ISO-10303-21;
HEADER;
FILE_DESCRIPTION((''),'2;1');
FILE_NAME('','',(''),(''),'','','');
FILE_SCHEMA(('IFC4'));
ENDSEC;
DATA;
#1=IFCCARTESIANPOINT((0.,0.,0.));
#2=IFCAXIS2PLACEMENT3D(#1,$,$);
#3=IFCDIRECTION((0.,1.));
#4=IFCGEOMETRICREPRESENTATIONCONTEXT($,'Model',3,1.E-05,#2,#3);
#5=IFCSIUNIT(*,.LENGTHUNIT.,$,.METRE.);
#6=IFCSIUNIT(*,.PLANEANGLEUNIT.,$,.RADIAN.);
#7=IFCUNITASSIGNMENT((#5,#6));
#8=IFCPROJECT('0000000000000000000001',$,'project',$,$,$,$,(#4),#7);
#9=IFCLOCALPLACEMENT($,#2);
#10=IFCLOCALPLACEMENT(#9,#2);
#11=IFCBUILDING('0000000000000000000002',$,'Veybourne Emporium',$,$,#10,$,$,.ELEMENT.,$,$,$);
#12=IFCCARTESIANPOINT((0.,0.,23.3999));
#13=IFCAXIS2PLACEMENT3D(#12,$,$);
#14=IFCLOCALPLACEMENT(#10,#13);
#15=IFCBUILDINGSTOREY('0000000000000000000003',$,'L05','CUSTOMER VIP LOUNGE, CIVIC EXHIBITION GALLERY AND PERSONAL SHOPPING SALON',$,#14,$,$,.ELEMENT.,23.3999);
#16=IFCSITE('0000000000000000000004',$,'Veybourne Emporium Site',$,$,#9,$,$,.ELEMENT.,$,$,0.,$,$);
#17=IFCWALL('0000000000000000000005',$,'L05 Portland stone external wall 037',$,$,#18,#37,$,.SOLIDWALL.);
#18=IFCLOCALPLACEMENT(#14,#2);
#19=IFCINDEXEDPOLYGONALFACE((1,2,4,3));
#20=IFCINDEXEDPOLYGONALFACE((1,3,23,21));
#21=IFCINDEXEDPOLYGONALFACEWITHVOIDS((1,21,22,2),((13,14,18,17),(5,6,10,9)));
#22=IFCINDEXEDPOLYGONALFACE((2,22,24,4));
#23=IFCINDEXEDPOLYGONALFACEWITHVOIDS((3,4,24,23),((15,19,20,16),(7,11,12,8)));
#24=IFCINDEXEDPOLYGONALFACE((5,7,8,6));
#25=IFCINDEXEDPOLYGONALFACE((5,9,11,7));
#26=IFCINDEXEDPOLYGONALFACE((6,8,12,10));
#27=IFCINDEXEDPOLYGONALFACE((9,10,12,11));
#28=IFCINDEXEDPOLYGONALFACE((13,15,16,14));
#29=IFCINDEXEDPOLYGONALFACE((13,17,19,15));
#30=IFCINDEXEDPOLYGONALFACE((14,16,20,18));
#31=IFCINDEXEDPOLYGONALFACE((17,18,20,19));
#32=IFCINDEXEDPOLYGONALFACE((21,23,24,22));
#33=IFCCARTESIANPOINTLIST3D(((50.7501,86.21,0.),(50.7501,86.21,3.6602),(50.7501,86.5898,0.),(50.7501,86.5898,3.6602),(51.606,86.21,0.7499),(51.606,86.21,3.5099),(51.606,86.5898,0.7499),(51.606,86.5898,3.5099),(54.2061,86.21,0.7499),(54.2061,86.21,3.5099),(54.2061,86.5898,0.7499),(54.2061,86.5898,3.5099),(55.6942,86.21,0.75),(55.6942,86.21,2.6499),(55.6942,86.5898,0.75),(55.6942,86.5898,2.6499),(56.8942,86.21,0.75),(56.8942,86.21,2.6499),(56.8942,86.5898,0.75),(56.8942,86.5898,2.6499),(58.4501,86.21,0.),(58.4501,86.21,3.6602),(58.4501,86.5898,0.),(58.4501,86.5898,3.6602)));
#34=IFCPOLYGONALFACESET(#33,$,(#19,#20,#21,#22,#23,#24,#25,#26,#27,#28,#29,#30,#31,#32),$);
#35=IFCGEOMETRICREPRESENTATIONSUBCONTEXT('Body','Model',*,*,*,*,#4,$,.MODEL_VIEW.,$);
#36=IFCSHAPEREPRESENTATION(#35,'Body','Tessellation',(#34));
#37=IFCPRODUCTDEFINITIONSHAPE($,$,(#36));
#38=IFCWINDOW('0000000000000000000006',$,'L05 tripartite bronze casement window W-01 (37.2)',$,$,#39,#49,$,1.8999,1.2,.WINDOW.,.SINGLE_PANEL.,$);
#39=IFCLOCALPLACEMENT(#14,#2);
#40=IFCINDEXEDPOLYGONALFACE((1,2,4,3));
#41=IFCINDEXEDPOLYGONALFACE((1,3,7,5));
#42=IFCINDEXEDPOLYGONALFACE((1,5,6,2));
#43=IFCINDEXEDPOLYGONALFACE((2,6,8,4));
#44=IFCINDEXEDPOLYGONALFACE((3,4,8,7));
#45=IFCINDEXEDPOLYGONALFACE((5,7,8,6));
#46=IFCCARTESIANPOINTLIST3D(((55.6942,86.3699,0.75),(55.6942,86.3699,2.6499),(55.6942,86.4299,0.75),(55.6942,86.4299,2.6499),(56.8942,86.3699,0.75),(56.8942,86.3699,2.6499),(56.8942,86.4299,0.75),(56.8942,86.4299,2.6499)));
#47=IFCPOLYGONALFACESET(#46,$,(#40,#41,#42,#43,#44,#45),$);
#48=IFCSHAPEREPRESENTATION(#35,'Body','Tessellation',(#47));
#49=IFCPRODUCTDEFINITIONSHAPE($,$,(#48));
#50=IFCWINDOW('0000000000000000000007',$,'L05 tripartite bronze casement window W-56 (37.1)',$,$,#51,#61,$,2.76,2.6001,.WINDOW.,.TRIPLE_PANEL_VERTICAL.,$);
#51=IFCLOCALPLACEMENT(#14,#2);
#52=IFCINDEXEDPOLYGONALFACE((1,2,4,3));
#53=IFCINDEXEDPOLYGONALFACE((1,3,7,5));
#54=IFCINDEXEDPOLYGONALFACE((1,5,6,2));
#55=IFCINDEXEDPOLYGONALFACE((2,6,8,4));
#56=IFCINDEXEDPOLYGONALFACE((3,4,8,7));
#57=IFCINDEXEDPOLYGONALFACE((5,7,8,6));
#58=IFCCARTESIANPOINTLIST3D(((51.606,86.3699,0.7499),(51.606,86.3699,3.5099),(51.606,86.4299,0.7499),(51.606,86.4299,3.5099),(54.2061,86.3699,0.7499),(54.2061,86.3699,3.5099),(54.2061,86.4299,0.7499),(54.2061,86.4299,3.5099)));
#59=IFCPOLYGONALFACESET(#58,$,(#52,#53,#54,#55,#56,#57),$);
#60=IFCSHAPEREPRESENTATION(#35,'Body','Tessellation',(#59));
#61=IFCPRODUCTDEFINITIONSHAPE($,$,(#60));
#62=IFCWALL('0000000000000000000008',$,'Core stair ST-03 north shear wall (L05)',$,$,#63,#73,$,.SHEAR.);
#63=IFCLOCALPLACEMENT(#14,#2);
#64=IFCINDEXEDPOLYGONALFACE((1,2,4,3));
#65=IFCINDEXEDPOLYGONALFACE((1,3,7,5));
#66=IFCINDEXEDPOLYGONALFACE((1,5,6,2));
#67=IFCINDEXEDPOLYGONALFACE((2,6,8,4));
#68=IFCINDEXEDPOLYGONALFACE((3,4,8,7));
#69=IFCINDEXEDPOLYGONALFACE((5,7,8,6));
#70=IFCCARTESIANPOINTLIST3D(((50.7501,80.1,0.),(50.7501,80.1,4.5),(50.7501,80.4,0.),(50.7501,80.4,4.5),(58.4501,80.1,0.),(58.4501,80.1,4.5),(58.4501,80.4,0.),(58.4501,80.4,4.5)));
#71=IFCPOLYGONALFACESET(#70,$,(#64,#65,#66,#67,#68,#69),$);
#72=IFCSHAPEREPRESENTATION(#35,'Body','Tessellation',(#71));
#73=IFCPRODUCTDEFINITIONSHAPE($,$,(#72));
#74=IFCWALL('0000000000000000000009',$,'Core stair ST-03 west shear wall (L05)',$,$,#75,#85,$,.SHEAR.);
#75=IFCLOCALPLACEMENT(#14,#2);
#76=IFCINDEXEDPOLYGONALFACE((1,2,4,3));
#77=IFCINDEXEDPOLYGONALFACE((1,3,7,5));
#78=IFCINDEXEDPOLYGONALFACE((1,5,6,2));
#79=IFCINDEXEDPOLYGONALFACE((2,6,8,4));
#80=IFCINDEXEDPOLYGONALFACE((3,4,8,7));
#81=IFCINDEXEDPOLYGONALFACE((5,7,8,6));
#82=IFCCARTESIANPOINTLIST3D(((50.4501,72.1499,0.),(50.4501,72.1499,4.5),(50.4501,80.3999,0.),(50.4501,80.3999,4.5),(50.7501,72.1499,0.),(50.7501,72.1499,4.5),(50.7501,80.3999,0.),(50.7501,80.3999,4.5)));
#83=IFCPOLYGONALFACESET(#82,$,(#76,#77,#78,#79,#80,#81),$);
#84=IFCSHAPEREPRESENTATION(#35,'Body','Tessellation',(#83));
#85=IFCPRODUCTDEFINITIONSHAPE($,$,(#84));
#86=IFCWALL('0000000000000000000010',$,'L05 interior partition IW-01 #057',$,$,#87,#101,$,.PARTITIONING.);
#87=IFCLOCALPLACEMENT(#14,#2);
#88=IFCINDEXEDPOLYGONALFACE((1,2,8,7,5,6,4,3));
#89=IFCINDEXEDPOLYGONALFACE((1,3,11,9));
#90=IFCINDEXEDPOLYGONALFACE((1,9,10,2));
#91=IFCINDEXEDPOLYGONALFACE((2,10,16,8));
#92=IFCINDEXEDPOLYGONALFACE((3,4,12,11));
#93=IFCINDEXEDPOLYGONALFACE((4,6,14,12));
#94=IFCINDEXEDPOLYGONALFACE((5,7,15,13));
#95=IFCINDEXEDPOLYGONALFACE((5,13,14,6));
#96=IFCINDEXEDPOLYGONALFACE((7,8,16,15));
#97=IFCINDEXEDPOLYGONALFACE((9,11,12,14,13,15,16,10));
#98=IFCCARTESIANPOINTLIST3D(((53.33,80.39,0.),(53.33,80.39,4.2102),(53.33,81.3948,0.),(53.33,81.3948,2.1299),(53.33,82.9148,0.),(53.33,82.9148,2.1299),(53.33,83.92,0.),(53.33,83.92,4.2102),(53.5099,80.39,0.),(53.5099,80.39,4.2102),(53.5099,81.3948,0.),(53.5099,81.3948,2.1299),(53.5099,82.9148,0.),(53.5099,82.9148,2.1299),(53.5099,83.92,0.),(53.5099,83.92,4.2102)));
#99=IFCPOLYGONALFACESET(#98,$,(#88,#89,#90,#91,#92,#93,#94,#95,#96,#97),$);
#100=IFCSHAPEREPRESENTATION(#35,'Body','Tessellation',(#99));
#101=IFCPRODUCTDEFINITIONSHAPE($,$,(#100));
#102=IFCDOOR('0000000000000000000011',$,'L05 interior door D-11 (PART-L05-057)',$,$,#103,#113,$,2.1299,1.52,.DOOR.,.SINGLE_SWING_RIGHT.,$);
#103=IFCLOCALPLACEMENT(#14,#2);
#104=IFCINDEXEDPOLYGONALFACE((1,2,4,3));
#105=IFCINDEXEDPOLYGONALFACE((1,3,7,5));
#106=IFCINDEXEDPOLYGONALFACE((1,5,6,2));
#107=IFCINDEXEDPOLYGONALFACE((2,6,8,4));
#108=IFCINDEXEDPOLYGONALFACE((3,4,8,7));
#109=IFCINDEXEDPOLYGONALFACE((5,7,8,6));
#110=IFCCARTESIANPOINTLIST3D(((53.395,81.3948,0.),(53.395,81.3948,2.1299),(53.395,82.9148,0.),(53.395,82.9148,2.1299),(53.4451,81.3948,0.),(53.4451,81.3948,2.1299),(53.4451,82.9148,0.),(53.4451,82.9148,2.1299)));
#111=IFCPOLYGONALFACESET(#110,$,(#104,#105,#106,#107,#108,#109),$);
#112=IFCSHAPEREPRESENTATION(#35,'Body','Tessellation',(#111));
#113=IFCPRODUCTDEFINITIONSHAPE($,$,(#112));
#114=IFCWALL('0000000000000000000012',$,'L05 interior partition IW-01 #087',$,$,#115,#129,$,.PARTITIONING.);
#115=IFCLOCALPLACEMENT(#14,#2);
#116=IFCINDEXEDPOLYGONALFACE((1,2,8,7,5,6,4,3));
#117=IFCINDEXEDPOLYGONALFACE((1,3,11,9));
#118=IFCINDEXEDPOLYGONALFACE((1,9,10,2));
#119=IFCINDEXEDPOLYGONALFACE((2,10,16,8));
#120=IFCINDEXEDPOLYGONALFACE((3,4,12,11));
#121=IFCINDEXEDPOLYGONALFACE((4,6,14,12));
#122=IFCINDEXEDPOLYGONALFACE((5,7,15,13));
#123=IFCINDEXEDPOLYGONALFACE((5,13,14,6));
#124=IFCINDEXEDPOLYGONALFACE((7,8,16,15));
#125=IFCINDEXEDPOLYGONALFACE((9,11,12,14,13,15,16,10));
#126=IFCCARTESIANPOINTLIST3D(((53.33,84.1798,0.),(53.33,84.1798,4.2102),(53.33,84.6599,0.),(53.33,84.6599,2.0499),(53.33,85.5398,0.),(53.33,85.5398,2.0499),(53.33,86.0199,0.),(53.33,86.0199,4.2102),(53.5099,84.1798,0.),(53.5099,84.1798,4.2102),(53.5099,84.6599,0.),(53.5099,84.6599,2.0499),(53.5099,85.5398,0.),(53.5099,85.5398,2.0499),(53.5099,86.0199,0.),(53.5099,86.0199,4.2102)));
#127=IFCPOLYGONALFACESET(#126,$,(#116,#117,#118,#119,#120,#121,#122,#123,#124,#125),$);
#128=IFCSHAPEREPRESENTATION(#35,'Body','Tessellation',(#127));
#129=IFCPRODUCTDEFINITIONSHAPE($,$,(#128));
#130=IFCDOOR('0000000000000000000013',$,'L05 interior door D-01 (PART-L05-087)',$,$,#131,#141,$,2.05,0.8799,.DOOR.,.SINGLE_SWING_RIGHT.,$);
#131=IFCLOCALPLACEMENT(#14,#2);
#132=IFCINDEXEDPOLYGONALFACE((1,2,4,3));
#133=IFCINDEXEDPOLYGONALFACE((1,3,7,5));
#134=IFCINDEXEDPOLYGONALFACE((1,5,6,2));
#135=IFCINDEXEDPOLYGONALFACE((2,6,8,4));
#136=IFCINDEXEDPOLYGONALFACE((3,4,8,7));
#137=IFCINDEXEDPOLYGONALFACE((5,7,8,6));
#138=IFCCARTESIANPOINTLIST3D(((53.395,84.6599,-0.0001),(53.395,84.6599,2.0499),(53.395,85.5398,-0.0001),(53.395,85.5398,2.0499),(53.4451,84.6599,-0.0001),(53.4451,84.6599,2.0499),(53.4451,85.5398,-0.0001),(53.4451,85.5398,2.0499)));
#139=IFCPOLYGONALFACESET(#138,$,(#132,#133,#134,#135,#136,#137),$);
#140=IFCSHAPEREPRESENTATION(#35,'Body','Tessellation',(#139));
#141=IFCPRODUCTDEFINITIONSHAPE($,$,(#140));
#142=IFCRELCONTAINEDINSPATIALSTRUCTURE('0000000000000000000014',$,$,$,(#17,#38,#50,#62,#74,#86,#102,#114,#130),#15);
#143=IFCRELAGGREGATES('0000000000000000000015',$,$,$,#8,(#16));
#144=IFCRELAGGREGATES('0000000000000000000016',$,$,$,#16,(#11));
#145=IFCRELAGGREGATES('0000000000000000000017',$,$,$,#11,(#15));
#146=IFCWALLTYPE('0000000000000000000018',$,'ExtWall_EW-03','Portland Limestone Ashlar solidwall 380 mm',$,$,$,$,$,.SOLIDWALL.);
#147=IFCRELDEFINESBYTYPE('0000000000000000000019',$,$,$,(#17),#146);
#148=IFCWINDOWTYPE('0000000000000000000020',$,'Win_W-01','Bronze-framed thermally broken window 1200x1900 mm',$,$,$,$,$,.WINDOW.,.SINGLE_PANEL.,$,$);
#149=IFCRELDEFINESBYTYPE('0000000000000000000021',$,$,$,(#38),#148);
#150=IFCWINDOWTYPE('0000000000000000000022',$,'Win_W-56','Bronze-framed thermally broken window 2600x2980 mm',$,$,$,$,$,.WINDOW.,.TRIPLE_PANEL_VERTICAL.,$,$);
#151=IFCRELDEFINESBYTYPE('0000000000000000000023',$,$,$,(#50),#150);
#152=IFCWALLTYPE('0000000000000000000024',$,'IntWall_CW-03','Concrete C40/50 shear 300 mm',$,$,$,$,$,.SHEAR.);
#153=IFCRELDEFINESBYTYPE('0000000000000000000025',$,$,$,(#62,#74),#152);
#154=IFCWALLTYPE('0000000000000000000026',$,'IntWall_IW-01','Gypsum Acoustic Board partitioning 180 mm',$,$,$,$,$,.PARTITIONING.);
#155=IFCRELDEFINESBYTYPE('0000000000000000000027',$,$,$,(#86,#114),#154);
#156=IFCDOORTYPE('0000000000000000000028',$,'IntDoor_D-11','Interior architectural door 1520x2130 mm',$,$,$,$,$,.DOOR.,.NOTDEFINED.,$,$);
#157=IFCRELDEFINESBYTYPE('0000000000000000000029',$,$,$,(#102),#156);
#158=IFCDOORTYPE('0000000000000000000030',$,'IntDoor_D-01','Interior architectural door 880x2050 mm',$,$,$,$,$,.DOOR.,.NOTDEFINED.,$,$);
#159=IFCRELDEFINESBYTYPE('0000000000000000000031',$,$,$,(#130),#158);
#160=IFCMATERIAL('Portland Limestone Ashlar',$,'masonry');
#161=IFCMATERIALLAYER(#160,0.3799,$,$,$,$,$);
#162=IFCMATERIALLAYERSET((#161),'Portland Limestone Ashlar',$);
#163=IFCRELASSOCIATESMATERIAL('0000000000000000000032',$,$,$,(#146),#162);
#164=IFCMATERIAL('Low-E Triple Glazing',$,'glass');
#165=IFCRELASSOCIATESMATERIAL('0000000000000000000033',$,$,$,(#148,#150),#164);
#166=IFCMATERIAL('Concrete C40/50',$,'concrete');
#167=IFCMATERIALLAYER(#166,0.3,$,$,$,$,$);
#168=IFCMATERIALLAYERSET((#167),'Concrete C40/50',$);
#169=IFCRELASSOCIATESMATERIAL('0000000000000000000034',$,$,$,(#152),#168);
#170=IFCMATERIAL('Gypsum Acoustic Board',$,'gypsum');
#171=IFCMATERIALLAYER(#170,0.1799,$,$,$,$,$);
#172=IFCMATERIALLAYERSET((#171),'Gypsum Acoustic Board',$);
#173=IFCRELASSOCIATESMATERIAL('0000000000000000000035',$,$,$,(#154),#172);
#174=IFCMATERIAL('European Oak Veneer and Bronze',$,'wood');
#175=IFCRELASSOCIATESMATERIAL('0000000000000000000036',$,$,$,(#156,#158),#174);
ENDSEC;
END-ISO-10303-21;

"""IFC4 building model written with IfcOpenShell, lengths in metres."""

from ifc_helpers import new_model, si_unit, direction, frame, frame_2d, origin, place, context, subcontext, project, spatial, rectangle, extrude, material, layer, layer_set, type_object, element, fill, save


model = new_model("IFC4")

# Units and contexts
model_context = context("Model", 3, precision=1e-05, world=origin(), true_north=direction((0.0, 1.0)))
body_context = subcontext(model_context, "Body", "Model", "MODEL_VIEW")
ifc_project = project(units=[si_unit("LENGTHUNIT", "METRE"), si_unit("PLANEANGLEUNIT", "RADIAN")], contexts=[model_context])

# Site, building, storey
site_placement = place(None, origin())
site = spatial("IfcSite", under=ifc_project, at=site_placement, Name="Veybourne Emporium Site", CompositionType="ELEMENT", RefElevation=0.0)
building_placement = place(site_placement, origin())
building = spatial("IfcBuilding", under=site, at=building_placement, Name="Veybourne Emporium", CompositionType="ELEMENT")
storey_placement = place(building_placement, frame((0.0, 0.0, 23.3999)))
storey = spatial("IfcBuildingStorey", under=building, at=storey_placement, Name="L05", Description="CUSTOMER VIP LOUNGE, CIVIC EXHIBITION GALLERY AND PERSONAL SHOPPING SALON", CompositionType="ELEMENT", Elevation=23.3999)

# Shared definitions
ifc_material_1 = material(Name="Concrete C40/50", Category="concrete")

# Wall, openings, windows
ifc_material_2 = material(Name="Portland Limestone Ashlar", Category="masonry")
ifc_layer_1 = layer(ifc_material_2, 0.3799)
ifc_layer_set_1 = layer_set([ifc_layer_1], Name="Portland Limestone Ashlar")
wall_type_1 = type_object("IfcWallType", Name="ExtWall_EW-03", Description="Portland Limestone Ashlar solidwall 380 mm", PredefinedType="SOLIDWALL", material=ifc_layer_set_1)
ifc_material_3 = material(Name="Low-E Triple Glazing", Category="glass")
wall_1_placement = place(storey_placement, frame((50.75, 86.3999, 0.0), z_axis=(0.0, 0.0, 1.0), x_axis=(1.0, 0.0, 0.0)))
wall_1 = element("IfcWall", 1, at=wall_1_placement, inside=storey, type_object=wall_type_1, Name="L05 Portland stone external wall 037", PredefinedType="SOLIDWALL", context=body_context, shape_type="SweptSolid", body=[
    extrude(rectangle(XDim=7.7, YDim=0.3799, at=frame_2d((3.8501, 0.0))), origin(), (0.0, 0.0, 1.0), 3.6602),
])
opening_1_placement = place(wall_1_placement, frame((0.856, 0.0, 0.75)))
opening_1 = element("IfcOpeningElement", 2, at=opening_1_placement, cuts=wall_1, PredefinedType="OPENING", context=body_context, shape_type="SweptSolid", body=[
    extrude(rectangle(XDim=2.6001, YDim=2.76, at=frame_2d((1.3, 1.3799))), frame((0.0, 0.21, 0.0), z_axis=(0.0, -1.0, 0.0), x_axis=(1.0, 0.0, 0.0)), (0.0, 0.0, 1.0), 0.4199),
])
opening_2_placement = place(wall_1_placement, frame((4.9441, 0.0, 0.75)))
opening_2 = element("IfcOpeningElement", 3, at=opening_2_placement, cuts=wall_1, PredefinedType="OPENING", context=body_context, shape_type="SweptSolid", body=[
    extrude(rectangle(XDim=1.2, YDim=1.8999, at=frame_2d((0.6001, 0.95))), frame((0.0, 0.21, 0.0), z_axis=(0.0, -1.0, 0.0), x_axis=(1.0, 0.0, 0.0)), (0.0, 0.0, 1.0), 0.4199),
])
window_type_1 = type_object("IfcWindowType", Name="Win_W-01", Description="Bronze-framed thermally broken window 1200x1900 mm", PartitioningType="SINGLE_PANEL", PredefinedType="WINDOW", material=ifc_material_3)
window_1_placement = place(opening_2_placement, origin())
window_1 = element("IfcWindow", 4, at=window_1_placement, inside=storey, type_object=window_type_1, Name="L05 tripartite bronze casement window W-01 (37.2)", OverallHeight=1.8999, OverallWidth=1.2, PartitioningType="SINGLE_PANEL", PredefinedType="WINDOW", context=body_context, shape_type="SweptSolid", body=[
    extrude(rectangle(XDim=1.2, YDim=1.8999, at=frame_2d((0.6001, 0.95))), frame((0.0, 0.03, 0.0), z_axis=(0.0, -1.0, 0.0), x_axis=(1.0, 0.0, 0.0)), (0.0, 0.0, 1.0), 0.0601),
])
fill(opening_2, window_1)
window_type_2 = type_object("IfcWindowType", Name="Win_W-56", Description="Bronze-framed thermally broken window 2600x2980 mm", PartitioningType="TRIPLE_PANEL_VERTICAL", PredefinedType="WINDOW", material=ifc_material_3)
window_2_placement = place(opening_1_placement, origin())
window_2 = element("IfcWindow", 5, at=window_2_placement, inside=storey, type_object=window_type_2, Name="L05 tripartite bronze casement window W-56 (37.1)", OverallHeight=2.76, OverallWidth=2.6001, PartitioningType="TRIPLE_PANEL_VERTICAL", PredefinedType="WINDOW", context=body_context, shape_type="SweptSolid", body=[
    extrude(rectangle(XDim=2.6001, YDim=2.76, at=frame_2d((1.3, 1.3799))), frame((0.0, 0.03, 0.0), z_axis=(0.0, -1.0, 0.0), x_axis=(1.0, 0.0, 0.0)), (0.0, 0.0, 1.0), 0.0601),
])
fill(opening_1, window_2)

# Walls
ifc_layer_2 = layer(ifc_material_1, 0.3)
ifc_layer_set_2 = layer_set([ifc_layer_2], Name="Concrete C40/50")
wall_type_2 = type_object("IfcWallType", Name="IntWall_CW-03", Description="Concrete C40/50 shear 300 mm", PredefinedType="SHEAR", material=ifc_layer_set_2)
wall_2_placement = place(storey_placement, frame((50.75, 80.25, 0.0), z_axis=(0.0, 0.0, 1.0), x_axis=(1.0, 0.0, 0.0)))
element("IfcWall", 6, at=wall_2_placement, inside=storey, type_object=wall_type_2, Name="Core stair ST-03 north shear wall (L05)", PredefinedType="SHEAR", context=body_context, shape_type="SweptSolid", body=[
    extrude(rectangle(XDim=7.7, YDim=0.3, at=frame_2d((3.8501, 0.0))), origin(), (0.0, 0.0, 1.0), 4.5),
])
wall_3_placement = place(storey_placement, frame((50.6001, 80.3999, 0.0), z_axis=(0.0, 0.0, 1.0), x_axis=(0.0, -1.0, 0.0)))
element("IfcWall", 7, at=wall_3_placement, inside=storey, type_object=wall_type_2, Name="Core stair ST-03 west shear wall (L05)", PredefinedType="SHEAR", context=body_context, shape_type="SweptSolid", body=[
    extrude(rectangle(XDim=8.25, YDim=0.3, at=frame_2d((4.125, 0.0))), origin(), (0.0, 0.0, 1.0), 4.5),
])

# Walls, openings, doors
ifc_material_4 = material(Name="Gypsum Acoustic Board", Category="gypsum")
ifc_layer_3 = layer(ifc_material_4, 0.1799)
ifc_layer_set_3 = layer_set([ifc_layer_3], Name="Gypsum Acoustic Board")
wall_type_3 = type_object("IfcWallType", Name="IntWall_IW-01", Description="Gypsum Acoustic Board partitioning 180 mm", PredefinedType="PARTITIONING", material=ifc_layer_set_3)
wall_4_placement = place(storey_placement, frame((53.4199, 80.3899, 0.0), z_axis=(0.0, 0.0, 1.0), x_axis=(0.0, 1.0, 0.0)))
wall_4 = element("IfcWall", 8, at=wall_4_placement, inside=storey, type_object=wall_type_3, Name="L05 interior partition IW-01 #057", PredefinedType="PARTITIONING", context=body_context, shape_type="SweptSolid", body=[
    extrude(rectangle(XDim=3.53, YDim=0.1799, at=frame_2d((1.7651, 0.0))), origin(), (0.0, 0.0, 1.0), 4.2102),
])
opening_3_placement = place(wall_4_placement, frame((1.0049, 0.0, 0.0)))
opening_3 = element("IfcOpeningElement", 9, at=opening_3_placement, cuts=wall_4, PredefinedType="OPENING", context=body_context, shape_type="SweptSolid", body=[
    extrude(rectangle(XDim=1.52, YDim=2.1299, at=frame_2d((0.76, 1.0649))), frame((0.0, 0.1099, 0.0), z_axis=(0.0, -1.0, 0.0), x_axis=(1.0, 0.0, 0.0)), (0.0, 0.0, 1.0), 0.22),
])
ifc_material_5 = material(Name="European Oak Veneer and Bronze", Category="wood")
door_type_1 = type_object("IfcDoorType", Name="IntDoor_D-11", Description="Interior architectural door 1520x2130 mm", OperationType="NOTDEFINED", PredefinedType="DOOR", material=ifc_material_5)
door_1_placement = place(opening_3_placement, origin())
door_1 = element("IfcDoor", 10, at=door_1_placement, inside=storey, type_object=door_type_1, Name="L05 interior door D-11 (PART-L05-057)", OperationType="SINGLE_SWING_RIGHT", OverallHeight=2.1299, OverallWidth=1.52, PredefinedType="DOOR", context=body_context, shape_type="SweptSolid", body=[
    extrude(rectangle(XDim=1.52, YDim=2.1299, at=frame_2d((0.76, 1.0649))), frame((0.0, 0.0249, 0.0), z_axis=(0.0, -1.0, 0.0), x_axis=(1.0, 0.0, 0.0)), (0.0, 0.0, 1.0), 0.05),
])
fill(opening_3, door_1)
wall_5_placement = place(storey_placement, frame((53.4199, 84.1799, 0.0), z_axis=(0.0, 0.0, 1.0), x_axis=(0.0, 1.0, 0.0)))
wall_5 = element("IfcWall", 11, at=wall_5_placement, inside=storey, type_object=wall_type_3, Name="L05 interior partition IW-01 #087", PredefinedType="PARTITIONING", context=body_context, shape_type="SweptSolid", body=[
    extrude(rectangle(XDim=1.8401, YDim=0.1799, at=frame_2d((0.9199, 0.0))), origin(), (0.0, 0.0, 1.0), 4.2102),
])
opening_4_placement = place(wall_5_placement, frame((0.48, 0.0, 0.0)))
opening_4 = element("IfcOpeningElement", 12, at=opening_4_placement, cuts=wall_5, PredefinedType="OPENING", context=body_context, shape_type="SweptSolid", body=[
    extrude(rectangle(XDim=0.8799, YDim=2.05, at=frame_2d((0.4399, 1.0249))), frame((0.0, 0.1099, 0.0), z_axis=(0.0, -1.0, 0.0), x_axis=(1.0, 0.0, 0.0)), (0.0, 0.0, 1.0), 0.22),
])
door_type_2 = type_object("IfcDoorType", Name="IntDoor_D-01", Description="Interior architectural door 880x2050 mm", OperationType="NOTDEFINED", PredefinedType="DOOR", material=ifc_material_5)
door_2_placement = place(opening_4_placement, origin())
door_2 = element("IfcDoor", 13, at=door_2_placement, inside=storey, type_object=door_type_2, Name="L05 interior door D-01 (PART-L05-087)", OperationType="SINGLE_SWING_RIGHT", OverallHeight=2.05, OverallWidth=0.8799, PredefinedType="DOOR", context=body_context, shape_type="SweptSolid", body=[
    extrude(rectangle(XDim=0.8799, YDim=2.05, at=frame_2d((0.4399, 1.0249))), frame((0.0, 0.0249, 0.0), z_axis=(0.0, -1.0, 0.0), x_axis=(1.0, 0.0, 0.0)), (0.0, 0.0, 1.0), 0.05),
])
fill(opening_4, door_2)

save(model, "model.ifc")
